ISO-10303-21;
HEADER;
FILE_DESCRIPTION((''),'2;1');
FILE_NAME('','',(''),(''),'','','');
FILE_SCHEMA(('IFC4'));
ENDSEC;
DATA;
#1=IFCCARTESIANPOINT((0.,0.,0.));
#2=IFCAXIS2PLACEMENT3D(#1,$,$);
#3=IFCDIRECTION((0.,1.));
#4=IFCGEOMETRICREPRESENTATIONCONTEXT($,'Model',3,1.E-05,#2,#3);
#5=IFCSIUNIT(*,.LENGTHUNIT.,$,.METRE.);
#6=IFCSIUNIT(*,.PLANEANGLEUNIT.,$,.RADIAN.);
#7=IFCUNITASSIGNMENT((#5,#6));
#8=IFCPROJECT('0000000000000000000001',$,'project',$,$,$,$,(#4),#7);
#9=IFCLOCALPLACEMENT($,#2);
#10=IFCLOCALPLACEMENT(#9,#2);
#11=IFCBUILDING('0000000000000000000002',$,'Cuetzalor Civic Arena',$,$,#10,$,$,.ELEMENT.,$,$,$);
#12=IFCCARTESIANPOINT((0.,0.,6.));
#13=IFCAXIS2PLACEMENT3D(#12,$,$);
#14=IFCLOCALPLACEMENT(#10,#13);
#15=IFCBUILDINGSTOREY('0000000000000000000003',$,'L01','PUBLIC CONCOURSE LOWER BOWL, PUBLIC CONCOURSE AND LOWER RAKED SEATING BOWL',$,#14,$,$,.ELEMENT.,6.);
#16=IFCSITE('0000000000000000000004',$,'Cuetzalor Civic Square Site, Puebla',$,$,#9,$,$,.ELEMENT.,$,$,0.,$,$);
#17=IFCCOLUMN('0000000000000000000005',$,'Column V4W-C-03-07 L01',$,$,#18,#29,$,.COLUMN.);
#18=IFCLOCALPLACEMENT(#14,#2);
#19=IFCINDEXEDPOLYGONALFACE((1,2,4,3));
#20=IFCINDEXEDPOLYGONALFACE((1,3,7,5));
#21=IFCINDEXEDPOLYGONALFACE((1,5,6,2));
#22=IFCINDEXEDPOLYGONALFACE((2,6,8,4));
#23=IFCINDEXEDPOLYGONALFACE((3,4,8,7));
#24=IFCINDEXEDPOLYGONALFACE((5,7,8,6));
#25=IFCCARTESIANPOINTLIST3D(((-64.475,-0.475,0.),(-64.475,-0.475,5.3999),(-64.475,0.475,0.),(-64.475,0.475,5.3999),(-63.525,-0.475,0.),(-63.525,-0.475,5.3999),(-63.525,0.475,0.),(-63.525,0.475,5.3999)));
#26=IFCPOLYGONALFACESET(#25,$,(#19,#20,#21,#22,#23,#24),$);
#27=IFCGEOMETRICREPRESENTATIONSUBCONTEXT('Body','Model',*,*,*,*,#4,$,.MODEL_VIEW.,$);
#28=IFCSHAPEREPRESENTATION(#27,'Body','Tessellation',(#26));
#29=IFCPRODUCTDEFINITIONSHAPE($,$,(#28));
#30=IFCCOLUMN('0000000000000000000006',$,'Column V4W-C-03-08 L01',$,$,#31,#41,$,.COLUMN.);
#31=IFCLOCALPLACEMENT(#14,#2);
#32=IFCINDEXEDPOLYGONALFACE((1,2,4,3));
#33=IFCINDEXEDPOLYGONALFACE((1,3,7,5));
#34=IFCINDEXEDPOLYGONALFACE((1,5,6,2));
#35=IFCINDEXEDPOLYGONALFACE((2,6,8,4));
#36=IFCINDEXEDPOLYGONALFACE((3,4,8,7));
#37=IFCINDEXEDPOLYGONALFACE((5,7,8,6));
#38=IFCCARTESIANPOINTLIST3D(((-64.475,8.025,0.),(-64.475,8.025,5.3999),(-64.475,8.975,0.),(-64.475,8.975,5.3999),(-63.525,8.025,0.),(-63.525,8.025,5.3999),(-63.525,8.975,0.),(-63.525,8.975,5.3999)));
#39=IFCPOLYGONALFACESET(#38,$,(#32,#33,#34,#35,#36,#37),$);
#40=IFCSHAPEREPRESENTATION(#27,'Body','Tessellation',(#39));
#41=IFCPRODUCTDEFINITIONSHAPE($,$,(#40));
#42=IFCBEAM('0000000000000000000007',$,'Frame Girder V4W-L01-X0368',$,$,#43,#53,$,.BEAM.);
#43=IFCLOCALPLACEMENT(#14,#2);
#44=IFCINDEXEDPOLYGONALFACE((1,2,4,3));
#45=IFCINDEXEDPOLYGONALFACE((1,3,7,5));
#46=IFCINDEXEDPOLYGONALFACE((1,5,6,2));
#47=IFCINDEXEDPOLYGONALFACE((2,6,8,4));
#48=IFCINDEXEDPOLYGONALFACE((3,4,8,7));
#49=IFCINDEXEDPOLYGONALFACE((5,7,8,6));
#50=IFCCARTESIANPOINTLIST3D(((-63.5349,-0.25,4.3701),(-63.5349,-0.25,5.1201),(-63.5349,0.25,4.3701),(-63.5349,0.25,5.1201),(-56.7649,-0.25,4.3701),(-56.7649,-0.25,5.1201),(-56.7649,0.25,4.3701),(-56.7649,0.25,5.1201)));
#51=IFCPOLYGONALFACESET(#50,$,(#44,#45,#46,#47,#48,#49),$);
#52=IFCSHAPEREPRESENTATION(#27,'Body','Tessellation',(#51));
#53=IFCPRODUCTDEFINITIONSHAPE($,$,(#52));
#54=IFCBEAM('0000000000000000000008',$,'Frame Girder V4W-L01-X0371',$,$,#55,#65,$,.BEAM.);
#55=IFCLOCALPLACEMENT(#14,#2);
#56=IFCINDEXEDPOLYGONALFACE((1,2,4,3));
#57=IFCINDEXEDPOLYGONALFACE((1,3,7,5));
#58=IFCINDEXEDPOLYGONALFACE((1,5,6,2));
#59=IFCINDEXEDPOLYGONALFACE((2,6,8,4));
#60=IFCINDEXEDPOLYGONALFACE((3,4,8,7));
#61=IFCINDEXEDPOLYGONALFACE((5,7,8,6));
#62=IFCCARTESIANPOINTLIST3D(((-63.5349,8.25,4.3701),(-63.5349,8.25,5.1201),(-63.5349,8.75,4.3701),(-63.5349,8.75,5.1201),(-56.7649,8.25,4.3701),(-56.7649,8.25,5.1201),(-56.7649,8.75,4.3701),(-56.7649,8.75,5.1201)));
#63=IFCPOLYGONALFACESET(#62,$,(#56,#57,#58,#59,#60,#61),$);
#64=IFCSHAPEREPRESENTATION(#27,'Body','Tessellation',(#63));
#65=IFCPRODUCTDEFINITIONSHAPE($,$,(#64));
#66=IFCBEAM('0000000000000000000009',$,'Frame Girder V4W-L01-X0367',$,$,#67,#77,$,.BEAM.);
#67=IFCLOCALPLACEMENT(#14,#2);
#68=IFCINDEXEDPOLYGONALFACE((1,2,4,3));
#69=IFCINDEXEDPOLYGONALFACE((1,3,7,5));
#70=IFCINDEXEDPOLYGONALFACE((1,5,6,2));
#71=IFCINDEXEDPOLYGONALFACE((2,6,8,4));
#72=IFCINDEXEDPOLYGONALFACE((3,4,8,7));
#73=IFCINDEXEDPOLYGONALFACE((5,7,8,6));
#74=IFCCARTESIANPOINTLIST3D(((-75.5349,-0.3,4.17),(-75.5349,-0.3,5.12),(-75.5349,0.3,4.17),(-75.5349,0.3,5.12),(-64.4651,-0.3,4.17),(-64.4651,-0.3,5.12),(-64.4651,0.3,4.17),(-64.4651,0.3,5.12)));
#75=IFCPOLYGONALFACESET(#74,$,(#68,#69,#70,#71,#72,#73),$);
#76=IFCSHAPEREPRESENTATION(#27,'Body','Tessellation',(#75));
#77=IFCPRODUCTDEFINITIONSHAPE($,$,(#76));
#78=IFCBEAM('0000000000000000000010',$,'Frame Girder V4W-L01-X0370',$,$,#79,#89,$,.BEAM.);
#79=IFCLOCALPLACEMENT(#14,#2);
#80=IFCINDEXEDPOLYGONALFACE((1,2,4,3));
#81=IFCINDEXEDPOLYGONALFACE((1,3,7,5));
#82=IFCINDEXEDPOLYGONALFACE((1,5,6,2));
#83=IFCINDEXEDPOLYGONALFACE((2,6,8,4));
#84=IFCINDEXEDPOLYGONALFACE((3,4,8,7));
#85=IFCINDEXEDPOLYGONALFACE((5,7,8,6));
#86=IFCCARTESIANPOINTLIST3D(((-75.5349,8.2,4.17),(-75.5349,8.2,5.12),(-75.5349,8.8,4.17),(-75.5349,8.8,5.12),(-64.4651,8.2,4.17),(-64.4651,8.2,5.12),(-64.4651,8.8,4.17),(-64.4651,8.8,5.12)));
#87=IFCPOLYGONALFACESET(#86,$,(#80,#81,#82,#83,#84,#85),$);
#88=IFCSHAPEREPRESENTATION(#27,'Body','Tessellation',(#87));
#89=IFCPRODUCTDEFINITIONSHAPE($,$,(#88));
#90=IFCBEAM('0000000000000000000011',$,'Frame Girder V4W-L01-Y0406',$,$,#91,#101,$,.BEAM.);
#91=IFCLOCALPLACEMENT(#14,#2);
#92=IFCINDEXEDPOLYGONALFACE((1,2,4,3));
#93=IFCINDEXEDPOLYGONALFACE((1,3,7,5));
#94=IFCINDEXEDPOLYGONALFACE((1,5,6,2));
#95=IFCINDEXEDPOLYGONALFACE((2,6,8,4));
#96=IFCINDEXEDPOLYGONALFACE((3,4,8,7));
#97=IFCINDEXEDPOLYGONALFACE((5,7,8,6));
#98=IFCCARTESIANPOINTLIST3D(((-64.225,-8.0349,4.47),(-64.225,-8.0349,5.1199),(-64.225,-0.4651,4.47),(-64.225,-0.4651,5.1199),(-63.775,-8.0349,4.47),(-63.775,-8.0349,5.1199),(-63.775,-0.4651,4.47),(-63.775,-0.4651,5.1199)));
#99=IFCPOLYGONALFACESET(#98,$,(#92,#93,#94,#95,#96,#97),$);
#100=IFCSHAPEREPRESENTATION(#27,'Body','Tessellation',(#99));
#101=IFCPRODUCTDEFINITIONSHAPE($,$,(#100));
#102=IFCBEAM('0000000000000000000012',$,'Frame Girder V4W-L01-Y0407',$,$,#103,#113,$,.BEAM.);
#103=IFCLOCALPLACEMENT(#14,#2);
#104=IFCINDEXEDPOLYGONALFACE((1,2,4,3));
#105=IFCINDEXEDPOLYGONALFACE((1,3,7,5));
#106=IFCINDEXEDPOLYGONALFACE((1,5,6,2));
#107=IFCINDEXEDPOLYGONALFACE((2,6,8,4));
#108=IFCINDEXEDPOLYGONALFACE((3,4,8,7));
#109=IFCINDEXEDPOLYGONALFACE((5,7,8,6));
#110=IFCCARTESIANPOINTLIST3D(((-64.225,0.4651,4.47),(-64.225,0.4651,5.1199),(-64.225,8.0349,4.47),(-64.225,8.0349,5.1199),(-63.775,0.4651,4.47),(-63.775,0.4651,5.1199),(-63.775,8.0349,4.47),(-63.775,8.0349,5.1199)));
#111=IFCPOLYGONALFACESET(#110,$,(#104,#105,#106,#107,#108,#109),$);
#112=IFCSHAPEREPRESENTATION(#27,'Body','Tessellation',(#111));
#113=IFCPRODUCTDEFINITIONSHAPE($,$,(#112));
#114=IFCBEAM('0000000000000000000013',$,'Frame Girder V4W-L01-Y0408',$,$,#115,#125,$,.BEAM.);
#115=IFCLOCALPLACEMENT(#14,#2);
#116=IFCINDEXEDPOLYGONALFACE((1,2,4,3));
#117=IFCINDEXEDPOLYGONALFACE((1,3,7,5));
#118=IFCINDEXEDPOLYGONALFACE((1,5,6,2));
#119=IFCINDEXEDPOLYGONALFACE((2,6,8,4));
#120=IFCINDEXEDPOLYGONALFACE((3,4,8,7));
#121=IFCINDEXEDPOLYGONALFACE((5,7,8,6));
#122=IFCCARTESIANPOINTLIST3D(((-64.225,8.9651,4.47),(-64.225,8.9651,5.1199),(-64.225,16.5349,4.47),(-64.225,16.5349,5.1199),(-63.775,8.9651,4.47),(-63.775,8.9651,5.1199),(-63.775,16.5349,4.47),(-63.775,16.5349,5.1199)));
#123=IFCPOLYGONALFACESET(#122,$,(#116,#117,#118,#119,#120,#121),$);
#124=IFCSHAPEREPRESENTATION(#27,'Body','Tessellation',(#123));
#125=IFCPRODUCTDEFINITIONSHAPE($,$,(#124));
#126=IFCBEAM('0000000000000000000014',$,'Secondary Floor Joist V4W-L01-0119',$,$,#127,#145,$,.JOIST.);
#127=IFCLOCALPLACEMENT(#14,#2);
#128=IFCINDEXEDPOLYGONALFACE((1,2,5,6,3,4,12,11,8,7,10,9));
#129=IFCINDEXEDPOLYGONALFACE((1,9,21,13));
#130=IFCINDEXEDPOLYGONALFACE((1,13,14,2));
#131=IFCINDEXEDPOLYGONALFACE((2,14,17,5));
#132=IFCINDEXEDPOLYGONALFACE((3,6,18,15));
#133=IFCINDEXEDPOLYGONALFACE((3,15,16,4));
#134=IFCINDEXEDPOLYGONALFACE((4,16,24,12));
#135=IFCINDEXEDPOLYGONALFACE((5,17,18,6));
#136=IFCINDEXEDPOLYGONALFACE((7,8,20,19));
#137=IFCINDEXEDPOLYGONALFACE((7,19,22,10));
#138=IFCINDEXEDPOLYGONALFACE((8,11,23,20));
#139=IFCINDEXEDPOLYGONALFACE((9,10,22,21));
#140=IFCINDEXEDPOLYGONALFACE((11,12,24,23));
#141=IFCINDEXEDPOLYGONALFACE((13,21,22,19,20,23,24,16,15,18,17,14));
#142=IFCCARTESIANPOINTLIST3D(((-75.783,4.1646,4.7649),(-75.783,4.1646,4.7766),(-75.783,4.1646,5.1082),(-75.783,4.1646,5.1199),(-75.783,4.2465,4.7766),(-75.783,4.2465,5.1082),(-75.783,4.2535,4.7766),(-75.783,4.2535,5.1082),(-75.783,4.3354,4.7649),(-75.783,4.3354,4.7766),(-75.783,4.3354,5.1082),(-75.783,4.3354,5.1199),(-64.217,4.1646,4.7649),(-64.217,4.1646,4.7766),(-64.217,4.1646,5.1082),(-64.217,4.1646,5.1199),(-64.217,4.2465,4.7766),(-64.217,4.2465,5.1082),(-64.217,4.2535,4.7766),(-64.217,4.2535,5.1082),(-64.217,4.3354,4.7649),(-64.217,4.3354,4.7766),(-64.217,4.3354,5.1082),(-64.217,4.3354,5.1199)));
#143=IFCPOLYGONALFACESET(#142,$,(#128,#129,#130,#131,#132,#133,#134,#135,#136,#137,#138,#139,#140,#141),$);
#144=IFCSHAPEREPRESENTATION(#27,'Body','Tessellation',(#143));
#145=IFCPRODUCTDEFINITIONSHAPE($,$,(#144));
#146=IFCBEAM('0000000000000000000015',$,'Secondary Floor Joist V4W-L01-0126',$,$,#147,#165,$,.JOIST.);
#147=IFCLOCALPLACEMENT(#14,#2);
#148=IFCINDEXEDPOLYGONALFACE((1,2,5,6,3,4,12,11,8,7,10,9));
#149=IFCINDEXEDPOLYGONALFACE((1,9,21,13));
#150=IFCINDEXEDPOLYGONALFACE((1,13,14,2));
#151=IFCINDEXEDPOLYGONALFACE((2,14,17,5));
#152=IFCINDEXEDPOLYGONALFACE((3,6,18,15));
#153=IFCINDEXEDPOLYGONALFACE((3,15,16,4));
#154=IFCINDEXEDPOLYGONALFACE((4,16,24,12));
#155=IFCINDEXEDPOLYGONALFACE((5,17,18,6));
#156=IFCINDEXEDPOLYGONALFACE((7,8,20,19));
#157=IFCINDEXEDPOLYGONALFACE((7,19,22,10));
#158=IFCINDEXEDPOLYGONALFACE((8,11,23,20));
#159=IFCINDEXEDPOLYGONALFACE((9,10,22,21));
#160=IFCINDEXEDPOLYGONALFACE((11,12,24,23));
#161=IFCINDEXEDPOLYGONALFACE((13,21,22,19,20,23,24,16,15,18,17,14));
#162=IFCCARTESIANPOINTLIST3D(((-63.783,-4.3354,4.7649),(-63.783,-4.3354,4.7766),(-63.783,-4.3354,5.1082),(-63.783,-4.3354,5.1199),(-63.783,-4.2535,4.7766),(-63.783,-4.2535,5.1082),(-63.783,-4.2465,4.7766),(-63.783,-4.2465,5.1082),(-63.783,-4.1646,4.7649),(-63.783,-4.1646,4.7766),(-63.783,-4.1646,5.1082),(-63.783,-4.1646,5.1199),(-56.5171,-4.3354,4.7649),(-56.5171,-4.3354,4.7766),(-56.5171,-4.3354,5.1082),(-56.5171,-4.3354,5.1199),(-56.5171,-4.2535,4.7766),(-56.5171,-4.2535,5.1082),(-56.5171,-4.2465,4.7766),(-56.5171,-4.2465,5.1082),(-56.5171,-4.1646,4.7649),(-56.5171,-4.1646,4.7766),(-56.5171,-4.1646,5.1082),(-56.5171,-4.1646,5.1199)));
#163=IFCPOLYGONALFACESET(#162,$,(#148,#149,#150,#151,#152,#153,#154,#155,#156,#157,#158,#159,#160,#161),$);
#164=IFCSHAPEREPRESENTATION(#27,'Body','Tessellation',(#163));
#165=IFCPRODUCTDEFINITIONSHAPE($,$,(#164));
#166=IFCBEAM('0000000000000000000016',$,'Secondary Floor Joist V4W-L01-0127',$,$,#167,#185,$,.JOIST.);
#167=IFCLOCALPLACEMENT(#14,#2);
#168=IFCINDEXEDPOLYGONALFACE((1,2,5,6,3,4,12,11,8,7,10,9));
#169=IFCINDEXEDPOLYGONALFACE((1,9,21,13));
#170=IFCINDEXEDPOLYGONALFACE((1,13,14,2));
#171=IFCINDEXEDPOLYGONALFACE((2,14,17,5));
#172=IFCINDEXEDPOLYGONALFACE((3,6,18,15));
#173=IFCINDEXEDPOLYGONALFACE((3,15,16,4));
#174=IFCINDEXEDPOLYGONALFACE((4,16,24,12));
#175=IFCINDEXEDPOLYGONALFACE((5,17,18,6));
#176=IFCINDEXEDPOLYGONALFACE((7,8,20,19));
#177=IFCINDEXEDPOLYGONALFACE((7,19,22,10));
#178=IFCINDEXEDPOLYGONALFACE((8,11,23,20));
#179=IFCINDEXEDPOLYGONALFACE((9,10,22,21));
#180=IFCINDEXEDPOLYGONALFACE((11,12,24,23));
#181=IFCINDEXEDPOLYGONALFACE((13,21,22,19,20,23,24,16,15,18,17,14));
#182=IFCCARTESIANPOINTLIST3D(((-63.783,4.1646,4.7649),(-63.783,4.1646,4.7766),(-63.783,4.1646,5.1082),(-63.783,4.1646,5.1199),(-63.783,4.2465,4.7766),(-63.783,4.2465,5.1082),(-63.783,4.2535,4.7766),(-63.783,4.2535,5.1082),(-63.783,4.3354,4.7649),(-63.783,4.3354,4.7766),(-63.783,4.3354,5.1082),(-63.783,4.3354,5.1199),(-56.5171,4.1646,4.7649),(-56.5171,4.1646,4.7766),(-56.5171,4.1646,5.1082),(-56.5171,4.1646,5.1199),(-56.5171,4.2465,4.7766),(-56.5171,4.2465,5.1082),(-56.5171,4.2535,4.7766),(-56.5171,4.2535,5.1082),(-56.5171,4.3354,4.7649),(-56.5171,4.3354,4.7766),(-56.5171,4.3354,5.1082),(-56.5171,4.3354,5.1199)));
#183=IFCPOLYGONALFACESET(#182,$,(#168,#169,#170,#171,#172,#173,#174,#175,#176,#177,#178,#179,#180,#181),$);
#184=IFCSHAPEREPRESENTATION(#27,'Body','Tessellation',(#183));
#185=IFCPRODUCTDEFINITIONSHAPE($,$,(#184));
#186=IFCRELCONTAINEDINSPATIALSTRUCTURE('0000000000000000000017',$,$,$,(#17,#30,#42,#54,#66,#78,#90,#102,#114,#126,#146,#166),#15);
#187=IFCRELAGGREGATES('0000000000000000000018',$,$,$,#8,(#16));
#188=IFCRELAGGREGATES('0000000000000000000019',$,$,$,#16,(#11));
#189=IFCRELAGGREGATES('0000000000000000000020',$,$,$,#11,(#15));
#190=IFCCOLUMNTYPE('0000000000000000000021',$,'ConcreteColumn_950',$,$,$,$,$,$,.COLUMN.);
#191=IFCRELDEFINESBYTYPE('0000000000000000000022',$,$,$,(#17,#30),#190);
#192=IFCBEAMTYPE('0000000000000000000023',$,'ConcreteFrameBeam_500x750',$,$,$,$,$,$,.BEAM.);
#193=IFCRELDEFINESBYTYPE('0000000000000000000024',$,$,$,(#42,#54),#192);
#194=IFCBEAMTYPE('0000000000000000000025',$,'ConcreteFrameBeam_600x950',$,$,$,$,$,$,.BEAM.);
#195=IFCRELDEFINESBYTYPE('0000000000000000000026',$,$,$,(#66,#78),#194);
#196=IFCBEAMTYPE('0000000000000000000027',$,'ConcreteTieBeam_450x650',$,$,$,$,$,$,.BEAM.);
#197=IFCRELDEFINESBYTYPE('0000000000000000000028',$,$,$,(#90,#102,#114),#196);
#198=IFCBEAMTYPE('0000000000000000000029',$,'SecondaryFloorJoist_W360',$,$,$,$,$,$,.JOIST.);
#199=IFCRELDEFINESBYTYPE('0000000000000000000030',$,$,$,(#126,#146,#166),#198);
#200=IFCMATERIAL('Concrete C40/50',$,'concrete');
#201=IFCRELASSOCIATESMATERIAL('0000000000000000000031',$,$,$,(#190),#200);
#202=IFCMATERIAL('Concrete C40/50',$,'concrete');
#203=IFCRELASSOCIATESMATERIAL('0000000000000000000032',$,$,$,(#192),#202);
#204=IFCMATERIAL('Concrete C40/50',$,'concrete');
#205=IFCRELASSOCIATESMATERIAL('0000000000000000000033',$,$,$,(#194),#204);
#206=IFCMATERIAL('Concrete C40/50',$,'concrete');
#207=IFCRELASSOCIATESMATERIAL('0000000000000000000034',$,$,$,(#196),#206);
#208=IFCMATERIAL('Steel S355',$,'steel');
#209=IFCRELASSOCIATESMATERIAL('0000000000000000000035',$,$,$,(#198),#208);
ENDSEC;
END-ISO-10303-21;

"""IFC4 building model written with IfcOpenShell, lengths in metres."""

from ifc_helpers import new_model, si_unit, direction, frame, origin, origin_2d, place, context, subcontext, project, spatial, rectangle, i_section, extrude, material, material_profile, profile_set, type_object, element, save


model = new_model("IFC4")

# Units and contexts
model_context = context("Model", 3, precision=1e-05, world=origin(), true_north=direction((0.0, 1.0)))
body_context = subcontext(model_context, "Body", "Model", "MODEL_VIEW")
ifc_project = project(units=[si_unit("LENGTHUNIT", "METRE"), si_unit("PLANEANGLEUNIT", "RADIAN")], contexts=[model_context])

# Site, building, storey
site_placement = place(None, origin())
site = spatial("IfcSite", under=ifc_project, at=site_placement, Name="Cuetzalor Civic Square Site, Puebla", CompositionType="ELEMENT", RefElevation=0.0)
building_placement = place(site_placement, origin())
building = spatial("IfcBuilding", under=site, at=building_placement, Name="Cuetzalor Civic Arena", CompositionType="ELEMENT")
storey_placement = place(building_placement, frame((0.0, 0.0, 6.0)))
storey = spatial("IfcBuildingStorey", under=building, at=storey_placement, Name="L01", Description="PUBLIC CONCOURSE LOWER BOWL, PUBLIC CONCOURSE AND LOWER RAKED SEATING BOWL", CompositionType="ELEMENT", Elevation=6.0)

# Columns
ifc_material_1 = material(Name="Concrete C40/50", Category="concrete")
ifc_material_profile_1 = material_profile(ifc_material_1, rectangle(XDim=0.95, YDim=0.95, at=origin_2d()), Name="RC 950x950")
ifc_profile_set_1 = profile_set([ifc_material_profile_1], Name="Concrete C40/50")
column_type = type_object("IfcColumnType", Name="ConcreteColumn_950", PredefinedType="COLUMN", material=ifc_profile_set_1)
for number, where, z_axis, x_axis, name in (
    (1, (-64.0, 0.0, 0.0), (0.0, 0.0, 1.0), (1.0, 0.0, 0.0), "Column V4W-C-03-07 L01"),
    (2, (-64.0, 8.5, 0.0), (0.0, 0.0, 1.0), (1.0, 0.0, 0.0), "Column V4W-C-03-08 L01"),
):
    element("IfcColumn", number, at=place(storey_placement, frame(where, z_axis=z_axis, x_axis=x_axis)), inside=storey, type_object=column_type, Name=name, PredefinedType="COLUMN", context=body_context, shape_type="SweptSolid", body=[
        extrude(rectangle(XDim=0.95, YDim=0.95, at=origin_2d()), origin(), (0.0, 0.0, 1.0), 5.3999),
    ])

# Beams
ifc_material_2 = material(Name="Concrete C40/50", Category="concrete")
ifc_material_profile_2 = material_profile(ifc_material_2, rectangle(XDim=0.5, YDim=0.75, at=origin_2d()), Name="RC 500x750")
ifc_profile_set_2 = profile_set([ifc_material_profile_2], Name="Concrete C40/50")
beam_type_1 = type_object("IfcBeamType", Name="ConcreteFrameBeam_500x750", PredefinedType="BEAM", material=ifc_profile_set_2)
for number, where, z_axis, x_axis, name in (
    (3, (-63.5349, 0.0, 4.7451), (1.0, 0.0, 0.0), (0.0, 1.0, 0.0), "Frame Girder V4W-L01-X0368"),
    (4, (-63.5349, 8.5, 4.7451), (1.0, 0.0, 0.0), (0.0, 1.0, 0.0), "Frame Girder V4W-L01-X0371"),
):
    element("IfcBeam", number, at=place(storey_placement, frame(where, z_axis=z_axis, x_axis=x_axis)), inside=storey, type_object=beam_type_1, Name=name, PredefinedType="BEAM", context=body_context, shape_type="SweptSolid", body=[
        extrude(rectangle(XDim=0.5, YDim=0.75, at=origin_2d()), origin(), (0.0, 0.0, 1.0), 6.77),
    ])
ifc_material_3 = material(Name="Concrete C40/50", Category="concrete")
ifc_material_profile_3 = material_profile(ifc_material_3, rectangle(XDim=0.6001, YDim=0.95, at=origin_2d()), Name="RC 600x950")
ifc_profile_set_3 = profile_set([ifc_material_profile_3], Name="Concrete C40/50")
beam_type_2 = type_object("IfcBeamType", Name="ConcreteFrameBeam_600x950", PredefinedType="BEAM", material=ifc_profile_set_3)
for number, where, z_axis, x_axis, name in (
    (5, (-75.5349, 0.0, 4.645), (1.0, 0.0, 0.0), (0.0, 1.0, 0.0), "Frame Girder V4W-L01-X0367"),
    (6, (-75.5349, 8.5, 4.645), (1.0, 0.0, 0.0), (0.0, 1.0, 0.0), "Frame Girder V4W-L01-X0370"),
):
    element("IfcBeam", number, at=place(storey_placement, frame(where, z_axis=z_axis, x_axis=x_axis)), inside=storey, type_object=beam_type_2, Name=name, PredefinedType="BEAM", context=body_context, shape_type="SweptSolid", body=[
        extrude(rectangle(XDim=0.6001, YDim=0.95, at=origin_2d()), origin(), (0.0, 0.0, 1.0), 11.0698),
    ])
ifc_material_4 = material(Name="Concrete C40/50", Category="concrete")
ifc_material_profile_4 = material_profile(ifc_material_4, rectangle(XDim=0.45, YDim=0.6499, at=origin_2d()), Name="RC 450x650")
ifc_profile_set_4 = profile_set([ifc_material_profile_4], Name="Concrete C40/50")
beam_type_3 = type_object("IfcBeamType", Name="ConcreteTieBeam_450x650", PredefinedType="BEAM", material=ifc_profile_set_4)
for number, where, z_axis, x_axis, name in (
    (7, (-64.0, -8.0349, 4.7949), (0.0, 1.0, 0.0), (-1.0, 0.0, 0.0), "Frame Girder V4W-L01-Y0406"),
    (8, (-64.0, 0.4651, 4.7949), (0.0, 1.0, 0.0), (-1.0, 0.0, 0.0), "Frame Girder V4W-L01-Y0407"),
    (9, (-64.0, 8.9651, 4.7949), (0.0, 1.0, 0.0), (-1.0, 0.0, 0.0), "Frame Girder V4W-L01-Y0408"),
):
    element("IfcBeam", number, at=place(storey_placement, frame(where, z_axis=z_axis, x_axis=x_axis)), inside=storey, type_object=beam_type_3, Name=name, PredefinedType="BEAM", context=body_context, shape_type="SweptSolid", body=[
        extrude(rectangle(XDim=0.45, YDim=0.6499, at=origin_2d()), origin(), (0.0, 0.0, 1.0), 7.5698),
    ])
ifc_material_5 = material(Name="Steel S355", Category="steel")
ifc_material_profile_5 = material_profile(ifc_material_5, i_section(OverallWidth=0.1709, OverallDepth=0.355, WebThickness=0.0071, FlangeThickness=0.0117, at=origin_2d()), Name="W360x51")
ifc_profile_set_5 = profile_set([ifc_material_profile_5], Name="Steel S355")
beam_type_4 = type_object("IfcBeamType", Name="SecondaryFloorJoist_W360", PredefinedType="JOIST", material=ifc_profile_set_5)
beam_placement = place(storey_placement, frame((-75.783, 4.25, 4.9424), z_axis=(1.0, 0.0, 0.0), x_axis=(0.0, 1.0, 0.0)))
element("IfcBeam", 10, at=beam_placement, inside=storey, type_object=beam_type_4, Name="Secondary Floor Joist V4W-L01-0119", PredefinedType="JOIST", context=body_context, shape_type="SweptSolid", body=[
    extrude(i_section(OverallWidth=0.1709, OverallDepth=0.355, WebThickness=0.0071, FlangeThickness=0.0117, at=origin_2d()), origin(), (0.0, 0.0, 1.0), 11.5659),
])
for number, where, z_axis, x_axis, name in (
    (11, (-63.783, -4.25, 4.9424), (1.0, 0.0, 0.0), (0.0, 1.0, 0.0), "Secondary Floor Joist V4W-L01-0126"),
    (12, (-63.783, 4.25, 4.9424), (1.0, 0.0, 0.0), (0.0, 1.0, 0.0), "Secondary Floor Joist V4W-L01-0127"),
):
    element("IfcBeam", number, at=place(storey_placement, frame(where, z_axis=z_axis, x_axis=x_axis)), inside=storey, type_object=beam_type_4, Name=name, PredefinedType="JOIST", context=body_context, shape_type="SweptSolid", body=[
        extrude(i_section(OverallWidth=0.1709, OverallDepth=0.355, WebThickness=0.0071, FlangeThickness=0.0117, at=origin_2d()), origin(), (0.0, 0.0, 1.0), 7.2659),
    ])

save(model, "model.ifc")
